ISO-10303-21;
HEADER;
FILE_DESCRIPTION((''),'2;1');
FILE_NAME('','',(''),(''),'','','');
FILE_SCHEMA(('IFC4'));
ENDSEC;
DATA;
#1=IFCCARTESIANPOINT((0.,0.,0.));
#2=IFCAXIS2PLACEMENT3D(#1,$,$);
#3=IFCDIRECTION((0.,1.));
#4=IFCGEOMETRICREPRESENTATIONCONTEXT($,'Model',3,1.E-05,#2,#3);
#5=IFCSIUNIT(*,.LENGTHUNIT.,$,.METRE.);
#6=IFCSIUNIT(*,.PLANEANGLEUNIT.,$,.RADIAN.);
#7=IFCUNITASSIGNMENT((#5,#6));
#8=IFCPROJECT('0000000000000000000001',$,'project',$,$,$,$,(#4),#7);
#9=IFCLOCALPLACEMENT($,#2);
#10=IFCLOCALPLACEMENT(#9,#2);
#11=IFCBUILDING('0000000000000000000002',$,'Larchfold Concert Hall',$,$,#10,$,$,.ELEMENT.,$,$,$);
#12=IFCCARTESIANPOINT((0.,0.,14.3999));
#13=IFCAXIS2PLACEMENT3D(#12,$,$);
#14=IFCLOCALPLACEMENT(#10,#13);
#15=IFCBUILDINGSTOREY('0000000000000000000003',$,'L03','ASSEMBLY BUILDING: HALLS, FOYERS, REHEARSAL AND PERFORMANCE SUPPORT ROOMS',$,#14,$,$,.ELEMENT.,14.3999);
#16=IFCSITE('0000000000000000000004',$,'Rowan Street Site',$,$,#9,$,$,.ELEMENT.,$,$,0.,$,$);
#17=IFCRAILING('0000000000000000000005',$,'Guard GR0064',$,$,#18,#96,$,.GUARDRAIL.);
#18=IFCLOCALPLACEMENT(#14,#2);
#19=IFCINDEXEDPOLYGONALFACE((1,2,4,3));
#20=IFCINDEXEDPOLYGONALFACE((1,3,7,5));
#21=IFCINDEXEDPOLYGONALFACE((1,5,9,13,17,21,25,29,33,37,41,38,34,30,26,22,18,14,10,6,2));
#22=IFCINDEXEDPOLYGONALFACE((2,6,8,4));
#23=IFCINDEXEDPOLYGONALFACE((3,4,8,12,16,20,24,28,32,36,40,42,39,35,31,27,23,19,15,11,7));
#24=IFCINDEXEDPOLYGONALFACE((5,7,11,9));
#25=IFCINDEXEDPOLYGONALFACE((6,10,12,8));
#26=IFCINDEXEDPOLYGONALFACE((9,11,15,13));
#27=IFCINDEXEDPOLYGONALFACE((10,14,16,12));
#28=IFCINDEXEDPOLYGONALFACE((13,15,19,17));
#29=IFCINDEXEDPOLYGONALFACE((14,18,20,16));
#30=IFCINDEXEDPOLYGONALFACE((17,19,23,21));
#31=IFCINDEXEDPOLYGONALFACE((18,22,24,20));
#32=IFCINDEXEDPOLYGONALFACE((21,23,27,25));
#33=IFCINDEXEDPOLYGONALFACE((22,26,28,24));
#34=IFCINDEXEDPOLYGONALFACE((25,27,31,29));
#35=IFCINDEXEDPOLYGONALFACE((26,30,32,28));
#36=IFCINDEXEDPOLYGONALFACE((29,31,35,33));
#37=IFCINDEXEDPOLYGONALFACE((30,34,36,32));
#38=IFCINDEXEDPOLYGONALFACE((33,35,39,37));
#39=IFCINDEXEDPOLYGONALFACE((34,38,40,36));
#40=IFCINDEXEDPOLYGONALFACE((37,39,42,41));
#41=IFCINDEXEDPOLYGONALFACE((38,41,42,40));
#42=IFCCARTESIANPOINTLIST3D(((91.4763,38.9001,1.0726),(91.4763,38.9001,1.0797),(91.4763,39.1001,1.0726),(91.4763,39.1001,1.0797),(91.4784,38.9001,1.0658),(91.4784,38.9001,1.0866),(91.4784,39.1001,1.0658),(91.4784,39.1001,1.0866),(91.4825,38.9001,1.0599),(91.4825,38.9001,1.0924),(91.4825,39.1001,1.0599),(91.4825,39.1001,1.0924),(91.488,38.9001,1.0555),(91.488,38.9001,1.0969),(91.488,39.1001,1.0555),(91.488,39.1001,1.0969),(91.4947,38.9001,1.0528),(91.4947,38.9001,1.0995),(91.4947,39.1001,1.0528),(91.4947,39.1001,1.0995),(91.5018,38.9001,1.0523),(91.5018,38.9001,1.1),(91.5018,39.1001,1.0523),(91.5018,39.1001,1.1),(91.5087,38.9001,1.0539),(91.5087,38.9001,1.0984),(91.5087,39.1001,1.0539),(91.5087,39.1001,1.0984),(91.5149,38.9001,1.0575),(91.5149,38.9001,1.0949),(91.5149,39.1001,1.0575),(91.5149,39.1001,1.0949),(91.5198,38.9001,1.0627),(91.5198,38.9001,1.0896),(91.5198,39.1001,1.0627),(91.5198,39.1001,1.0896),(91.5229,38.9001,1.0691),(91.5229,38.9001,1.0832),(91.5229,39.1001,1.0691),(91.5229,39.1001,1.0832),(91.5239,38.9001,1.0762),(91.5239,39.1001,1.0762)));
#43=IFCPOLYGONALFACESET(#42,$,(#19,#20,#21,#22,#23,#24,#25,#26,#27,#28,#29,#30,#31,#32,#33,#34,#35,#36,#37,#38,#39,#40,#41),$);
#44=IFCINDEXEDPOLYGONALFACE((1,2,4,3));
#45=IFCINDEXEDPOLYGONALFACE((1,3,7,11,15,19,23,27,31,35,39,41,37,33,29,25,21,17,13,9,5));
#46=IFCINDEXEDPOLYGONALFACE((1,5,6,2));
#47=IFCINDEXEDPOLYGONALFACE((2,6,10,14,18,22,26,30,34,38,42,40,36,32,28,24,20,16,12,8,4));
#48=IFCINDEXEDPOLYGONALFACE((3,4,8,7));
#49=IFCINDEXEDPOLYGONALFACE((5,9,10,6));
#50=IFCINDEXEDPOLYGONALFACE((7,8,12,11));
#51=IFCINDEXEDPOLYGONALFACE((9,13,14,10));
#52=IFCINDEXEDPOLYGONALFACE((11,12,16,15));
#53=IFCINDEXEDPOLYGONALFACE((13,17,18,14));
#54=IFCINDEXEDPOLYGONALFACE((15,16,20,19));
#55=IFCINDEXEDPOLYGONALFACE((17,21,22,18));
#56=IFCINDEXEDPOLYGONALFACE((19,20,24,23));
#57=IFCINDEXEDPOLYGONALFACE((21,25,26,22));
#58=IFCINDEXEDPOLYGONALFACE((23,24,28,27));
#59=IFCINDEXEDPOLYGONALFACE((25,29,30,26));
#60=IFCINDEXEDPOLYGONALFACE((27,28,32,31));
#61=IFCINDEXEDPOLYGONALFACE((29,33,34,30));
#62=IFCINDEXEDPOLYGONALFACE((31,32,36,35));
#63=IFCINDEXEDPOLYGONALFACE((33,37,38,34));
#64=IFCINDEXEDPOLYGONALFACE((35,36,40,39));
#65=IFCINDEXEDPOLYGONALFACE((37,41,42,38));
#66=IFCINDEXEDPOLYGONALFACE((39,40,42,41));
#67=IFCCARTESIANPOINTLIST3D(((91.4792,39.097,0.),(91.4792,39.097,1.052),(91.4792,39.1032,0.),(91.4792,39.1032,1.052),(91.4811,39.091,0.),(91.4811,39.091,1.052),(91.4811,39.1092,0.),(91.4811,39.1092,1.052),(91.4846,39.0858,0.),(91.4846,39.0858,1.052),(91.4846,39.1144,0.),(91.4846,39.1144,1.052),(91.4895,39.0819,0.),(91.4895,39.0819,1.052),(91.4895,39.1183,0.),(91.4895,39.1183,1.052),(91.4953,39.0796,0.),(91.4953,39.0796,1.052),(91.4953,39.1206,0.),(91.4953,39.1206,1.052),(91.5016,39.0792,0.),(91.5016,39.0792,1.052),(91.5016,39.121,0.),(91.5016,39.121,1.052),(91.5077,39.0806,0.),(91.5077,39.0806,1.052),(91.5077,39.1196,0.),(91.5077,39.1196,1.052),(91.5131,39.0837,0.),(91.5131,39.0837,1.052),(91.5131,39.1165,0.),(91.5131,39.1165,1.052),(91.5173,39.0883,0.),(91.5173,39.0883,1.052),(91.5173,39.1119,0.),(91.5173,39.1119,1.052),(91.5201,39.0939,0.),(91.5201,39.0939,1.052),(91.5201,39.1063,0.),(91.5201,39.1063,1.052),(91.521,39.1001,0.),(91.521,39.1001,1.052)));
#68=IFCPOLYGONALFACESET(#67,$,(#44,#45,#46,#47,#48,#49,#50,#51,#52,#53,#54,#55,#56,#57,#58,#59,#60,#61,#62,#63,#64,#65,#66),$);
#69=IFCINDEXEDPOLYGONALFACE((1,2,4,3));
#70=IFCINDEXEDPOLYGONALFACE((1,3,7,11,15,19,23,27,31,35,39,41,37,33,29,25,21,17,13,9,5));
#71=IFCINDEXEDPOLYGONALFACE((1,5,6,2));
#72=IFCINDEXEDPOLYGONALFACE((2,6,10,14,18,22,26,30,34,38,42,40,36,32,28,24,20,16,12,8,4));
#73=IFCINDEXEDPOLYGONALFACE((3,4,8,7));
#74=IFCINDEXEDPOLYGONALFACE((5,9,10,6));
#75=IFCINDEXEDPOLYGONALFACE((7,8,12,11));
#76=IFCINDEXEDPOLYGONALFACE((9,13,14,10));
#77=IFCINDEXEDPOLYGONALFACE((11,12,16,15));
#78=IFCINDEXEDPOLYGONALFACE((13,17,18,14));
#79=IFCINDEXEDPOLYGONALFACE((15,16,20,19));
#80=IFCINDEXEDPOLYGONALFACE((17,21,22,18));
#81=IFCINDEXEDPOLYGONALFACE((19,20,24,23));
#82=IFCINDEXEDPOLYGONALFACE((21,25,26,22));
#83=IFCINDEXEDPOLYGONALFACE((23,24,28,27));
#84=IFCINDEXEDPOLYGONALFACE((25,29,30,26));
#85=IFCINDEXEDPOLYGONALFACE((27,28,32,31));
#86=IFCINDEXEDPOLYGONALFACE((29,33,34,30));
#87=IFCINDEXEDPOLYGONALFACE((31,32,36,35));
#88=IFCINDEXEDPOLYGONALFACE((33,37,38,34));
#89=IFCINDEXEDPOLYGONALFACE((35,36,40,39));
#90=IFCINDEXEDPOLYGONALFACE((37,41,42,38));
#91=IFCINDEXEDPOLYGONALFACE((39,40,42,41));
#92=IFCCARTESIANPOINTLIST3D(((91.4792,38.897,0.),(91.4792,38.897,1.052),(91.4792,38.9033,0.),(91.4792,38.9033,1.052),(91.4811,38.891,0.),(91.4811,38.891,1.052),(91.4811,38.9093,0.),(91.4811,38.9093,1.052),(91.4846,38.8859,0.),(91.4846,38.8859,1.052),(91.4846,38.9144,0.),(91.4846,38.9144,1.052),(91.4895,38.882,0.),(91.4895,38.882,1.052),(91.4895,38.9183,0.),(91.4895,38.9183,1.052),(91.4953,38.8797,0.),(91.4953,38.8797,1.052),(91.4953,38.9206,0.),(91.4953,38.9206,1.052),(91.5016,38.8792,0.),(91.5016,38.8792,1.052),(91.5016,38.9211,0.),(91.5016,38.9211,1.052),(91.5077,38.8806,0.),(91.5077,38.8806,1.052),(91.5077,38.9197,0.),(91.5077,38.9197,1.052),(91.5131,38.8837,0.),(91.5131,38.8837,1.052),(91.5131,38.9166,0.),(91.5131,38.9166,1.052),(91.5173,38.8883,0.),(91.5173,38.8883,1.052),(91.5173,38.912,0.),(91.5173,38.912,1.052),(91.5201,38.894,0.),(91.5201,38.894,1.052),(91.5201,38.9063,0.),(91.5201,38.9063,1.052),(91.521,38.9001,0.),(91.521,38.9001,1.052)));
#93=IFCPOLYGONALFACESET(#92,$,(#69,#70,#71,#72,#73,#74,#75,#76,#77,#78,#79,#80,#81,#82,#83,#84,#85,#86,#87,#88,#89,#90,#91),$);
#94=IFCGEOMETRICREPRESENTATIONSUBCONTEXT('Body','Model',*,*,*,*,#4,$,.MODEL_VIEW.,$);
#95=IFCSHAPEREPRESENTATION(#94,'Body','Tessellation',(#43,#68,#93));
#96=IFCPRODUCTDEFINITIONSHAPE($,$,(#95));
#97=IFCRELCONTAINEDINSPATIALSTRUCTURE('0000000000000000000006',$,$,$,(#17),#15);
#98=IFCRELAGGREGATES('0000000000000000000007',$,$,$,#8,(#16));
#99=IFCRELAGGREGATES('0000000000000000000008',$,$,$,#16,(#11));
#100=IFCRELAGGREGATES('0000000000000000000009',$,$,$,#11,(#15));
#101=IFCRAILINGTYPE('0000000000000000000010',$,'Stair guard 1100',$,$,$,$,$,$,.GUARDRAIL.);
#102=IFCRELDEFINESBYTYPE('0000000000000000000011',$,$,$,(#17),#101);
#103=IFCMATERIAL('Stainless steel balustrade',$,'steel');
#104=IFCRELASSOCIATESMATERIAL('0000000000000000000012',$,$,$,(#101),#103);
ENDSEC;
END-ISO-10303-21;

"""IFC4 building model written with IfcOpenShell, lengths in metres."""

from ifc_helpers import new_model, si_unit, direction, frame, origin, origin_2d, place, context, subcontext, project, spatial, circle, extrude, material, type_object, element, save


model = new_model("IFC4")

# Units and contexts
model_context = context("Model", 3, precision=1e-05, world=origin(), true_north=direction((0.0, 1.0)))
body_context = subcontext(model_context, "Body", "Model", "MODEL_VIEW")
ifc_project = project(units=[si_unit("LENGTHUNIT", "METRE"), si_unit("PLANEANGLEUNIT", "RADIAN")], contexts=[model_context])

# Site, building, storey
site_placement = place(None, origin())
site = spatial("IfcSite", under=ifc_project, at=site_placement, Name="Rowan Street Site", CompositionType="ELEMENT", RefElevation=0.0)
building_placement = place(site_placement, origin())
building = spatial("IfcBuilding", under=site, at=building_placement, Name="Larchfold Concert Hall", CompositionType="ELEMENT")
storey_placement = place(building_placement, frame((0.0, 0.0, 14.3999)))
storey = spatial("IfcBuildingStorey", under=building, at=storey_placement, Name="L03", Description="ASSEMBLY BUILDING: HALLS, FOYERS, REHEARSAL AND PERFORMANCE SUPPORT ROOMS", CompositionType="ELEMENT", Elevation=14.3999)

# Railing
ifc_material_1 = material(Name="Stainless steel balustrade", Category="steel")
railing_type_1 = type_object("IfcRailingType", Name="Stair guard 1100", PredefinedType="GUARDRAIL", material=ifc_material_1)
railing_1_placement = place(storey_placement, frame((91.5, 39.1001, 0.0)))
element("IfcRailing", 1, at=railing_1_placement, inside=storey, type_object=railing_type_1, Name="Guard GR0064", PredefinedType="GUARDRAIL", context=body_context, shape_type="SweptSolid", body=[
    extrude(circle(Radius=0.0239, at=origin_2d()), frame((0.0, 0.0, 1.0762), z_axis=(0.0, -1.0, 0.0), x_axis=(1.0, 0.0, 0.0)), (0.0, 0.0, 1.0), 0.2),
    extrude(circle(Radius=0.021, at=origin_2d()), origin(), (0.0, 0.0, 1.0), 1.052),
    extrude(circle(Radius=0.021, at=origin_2d()), frame((0.0, -0.2, 0.0)), (0.0, 0.0, 1.0), 1.052),
])

save(model, "model.ifc")
